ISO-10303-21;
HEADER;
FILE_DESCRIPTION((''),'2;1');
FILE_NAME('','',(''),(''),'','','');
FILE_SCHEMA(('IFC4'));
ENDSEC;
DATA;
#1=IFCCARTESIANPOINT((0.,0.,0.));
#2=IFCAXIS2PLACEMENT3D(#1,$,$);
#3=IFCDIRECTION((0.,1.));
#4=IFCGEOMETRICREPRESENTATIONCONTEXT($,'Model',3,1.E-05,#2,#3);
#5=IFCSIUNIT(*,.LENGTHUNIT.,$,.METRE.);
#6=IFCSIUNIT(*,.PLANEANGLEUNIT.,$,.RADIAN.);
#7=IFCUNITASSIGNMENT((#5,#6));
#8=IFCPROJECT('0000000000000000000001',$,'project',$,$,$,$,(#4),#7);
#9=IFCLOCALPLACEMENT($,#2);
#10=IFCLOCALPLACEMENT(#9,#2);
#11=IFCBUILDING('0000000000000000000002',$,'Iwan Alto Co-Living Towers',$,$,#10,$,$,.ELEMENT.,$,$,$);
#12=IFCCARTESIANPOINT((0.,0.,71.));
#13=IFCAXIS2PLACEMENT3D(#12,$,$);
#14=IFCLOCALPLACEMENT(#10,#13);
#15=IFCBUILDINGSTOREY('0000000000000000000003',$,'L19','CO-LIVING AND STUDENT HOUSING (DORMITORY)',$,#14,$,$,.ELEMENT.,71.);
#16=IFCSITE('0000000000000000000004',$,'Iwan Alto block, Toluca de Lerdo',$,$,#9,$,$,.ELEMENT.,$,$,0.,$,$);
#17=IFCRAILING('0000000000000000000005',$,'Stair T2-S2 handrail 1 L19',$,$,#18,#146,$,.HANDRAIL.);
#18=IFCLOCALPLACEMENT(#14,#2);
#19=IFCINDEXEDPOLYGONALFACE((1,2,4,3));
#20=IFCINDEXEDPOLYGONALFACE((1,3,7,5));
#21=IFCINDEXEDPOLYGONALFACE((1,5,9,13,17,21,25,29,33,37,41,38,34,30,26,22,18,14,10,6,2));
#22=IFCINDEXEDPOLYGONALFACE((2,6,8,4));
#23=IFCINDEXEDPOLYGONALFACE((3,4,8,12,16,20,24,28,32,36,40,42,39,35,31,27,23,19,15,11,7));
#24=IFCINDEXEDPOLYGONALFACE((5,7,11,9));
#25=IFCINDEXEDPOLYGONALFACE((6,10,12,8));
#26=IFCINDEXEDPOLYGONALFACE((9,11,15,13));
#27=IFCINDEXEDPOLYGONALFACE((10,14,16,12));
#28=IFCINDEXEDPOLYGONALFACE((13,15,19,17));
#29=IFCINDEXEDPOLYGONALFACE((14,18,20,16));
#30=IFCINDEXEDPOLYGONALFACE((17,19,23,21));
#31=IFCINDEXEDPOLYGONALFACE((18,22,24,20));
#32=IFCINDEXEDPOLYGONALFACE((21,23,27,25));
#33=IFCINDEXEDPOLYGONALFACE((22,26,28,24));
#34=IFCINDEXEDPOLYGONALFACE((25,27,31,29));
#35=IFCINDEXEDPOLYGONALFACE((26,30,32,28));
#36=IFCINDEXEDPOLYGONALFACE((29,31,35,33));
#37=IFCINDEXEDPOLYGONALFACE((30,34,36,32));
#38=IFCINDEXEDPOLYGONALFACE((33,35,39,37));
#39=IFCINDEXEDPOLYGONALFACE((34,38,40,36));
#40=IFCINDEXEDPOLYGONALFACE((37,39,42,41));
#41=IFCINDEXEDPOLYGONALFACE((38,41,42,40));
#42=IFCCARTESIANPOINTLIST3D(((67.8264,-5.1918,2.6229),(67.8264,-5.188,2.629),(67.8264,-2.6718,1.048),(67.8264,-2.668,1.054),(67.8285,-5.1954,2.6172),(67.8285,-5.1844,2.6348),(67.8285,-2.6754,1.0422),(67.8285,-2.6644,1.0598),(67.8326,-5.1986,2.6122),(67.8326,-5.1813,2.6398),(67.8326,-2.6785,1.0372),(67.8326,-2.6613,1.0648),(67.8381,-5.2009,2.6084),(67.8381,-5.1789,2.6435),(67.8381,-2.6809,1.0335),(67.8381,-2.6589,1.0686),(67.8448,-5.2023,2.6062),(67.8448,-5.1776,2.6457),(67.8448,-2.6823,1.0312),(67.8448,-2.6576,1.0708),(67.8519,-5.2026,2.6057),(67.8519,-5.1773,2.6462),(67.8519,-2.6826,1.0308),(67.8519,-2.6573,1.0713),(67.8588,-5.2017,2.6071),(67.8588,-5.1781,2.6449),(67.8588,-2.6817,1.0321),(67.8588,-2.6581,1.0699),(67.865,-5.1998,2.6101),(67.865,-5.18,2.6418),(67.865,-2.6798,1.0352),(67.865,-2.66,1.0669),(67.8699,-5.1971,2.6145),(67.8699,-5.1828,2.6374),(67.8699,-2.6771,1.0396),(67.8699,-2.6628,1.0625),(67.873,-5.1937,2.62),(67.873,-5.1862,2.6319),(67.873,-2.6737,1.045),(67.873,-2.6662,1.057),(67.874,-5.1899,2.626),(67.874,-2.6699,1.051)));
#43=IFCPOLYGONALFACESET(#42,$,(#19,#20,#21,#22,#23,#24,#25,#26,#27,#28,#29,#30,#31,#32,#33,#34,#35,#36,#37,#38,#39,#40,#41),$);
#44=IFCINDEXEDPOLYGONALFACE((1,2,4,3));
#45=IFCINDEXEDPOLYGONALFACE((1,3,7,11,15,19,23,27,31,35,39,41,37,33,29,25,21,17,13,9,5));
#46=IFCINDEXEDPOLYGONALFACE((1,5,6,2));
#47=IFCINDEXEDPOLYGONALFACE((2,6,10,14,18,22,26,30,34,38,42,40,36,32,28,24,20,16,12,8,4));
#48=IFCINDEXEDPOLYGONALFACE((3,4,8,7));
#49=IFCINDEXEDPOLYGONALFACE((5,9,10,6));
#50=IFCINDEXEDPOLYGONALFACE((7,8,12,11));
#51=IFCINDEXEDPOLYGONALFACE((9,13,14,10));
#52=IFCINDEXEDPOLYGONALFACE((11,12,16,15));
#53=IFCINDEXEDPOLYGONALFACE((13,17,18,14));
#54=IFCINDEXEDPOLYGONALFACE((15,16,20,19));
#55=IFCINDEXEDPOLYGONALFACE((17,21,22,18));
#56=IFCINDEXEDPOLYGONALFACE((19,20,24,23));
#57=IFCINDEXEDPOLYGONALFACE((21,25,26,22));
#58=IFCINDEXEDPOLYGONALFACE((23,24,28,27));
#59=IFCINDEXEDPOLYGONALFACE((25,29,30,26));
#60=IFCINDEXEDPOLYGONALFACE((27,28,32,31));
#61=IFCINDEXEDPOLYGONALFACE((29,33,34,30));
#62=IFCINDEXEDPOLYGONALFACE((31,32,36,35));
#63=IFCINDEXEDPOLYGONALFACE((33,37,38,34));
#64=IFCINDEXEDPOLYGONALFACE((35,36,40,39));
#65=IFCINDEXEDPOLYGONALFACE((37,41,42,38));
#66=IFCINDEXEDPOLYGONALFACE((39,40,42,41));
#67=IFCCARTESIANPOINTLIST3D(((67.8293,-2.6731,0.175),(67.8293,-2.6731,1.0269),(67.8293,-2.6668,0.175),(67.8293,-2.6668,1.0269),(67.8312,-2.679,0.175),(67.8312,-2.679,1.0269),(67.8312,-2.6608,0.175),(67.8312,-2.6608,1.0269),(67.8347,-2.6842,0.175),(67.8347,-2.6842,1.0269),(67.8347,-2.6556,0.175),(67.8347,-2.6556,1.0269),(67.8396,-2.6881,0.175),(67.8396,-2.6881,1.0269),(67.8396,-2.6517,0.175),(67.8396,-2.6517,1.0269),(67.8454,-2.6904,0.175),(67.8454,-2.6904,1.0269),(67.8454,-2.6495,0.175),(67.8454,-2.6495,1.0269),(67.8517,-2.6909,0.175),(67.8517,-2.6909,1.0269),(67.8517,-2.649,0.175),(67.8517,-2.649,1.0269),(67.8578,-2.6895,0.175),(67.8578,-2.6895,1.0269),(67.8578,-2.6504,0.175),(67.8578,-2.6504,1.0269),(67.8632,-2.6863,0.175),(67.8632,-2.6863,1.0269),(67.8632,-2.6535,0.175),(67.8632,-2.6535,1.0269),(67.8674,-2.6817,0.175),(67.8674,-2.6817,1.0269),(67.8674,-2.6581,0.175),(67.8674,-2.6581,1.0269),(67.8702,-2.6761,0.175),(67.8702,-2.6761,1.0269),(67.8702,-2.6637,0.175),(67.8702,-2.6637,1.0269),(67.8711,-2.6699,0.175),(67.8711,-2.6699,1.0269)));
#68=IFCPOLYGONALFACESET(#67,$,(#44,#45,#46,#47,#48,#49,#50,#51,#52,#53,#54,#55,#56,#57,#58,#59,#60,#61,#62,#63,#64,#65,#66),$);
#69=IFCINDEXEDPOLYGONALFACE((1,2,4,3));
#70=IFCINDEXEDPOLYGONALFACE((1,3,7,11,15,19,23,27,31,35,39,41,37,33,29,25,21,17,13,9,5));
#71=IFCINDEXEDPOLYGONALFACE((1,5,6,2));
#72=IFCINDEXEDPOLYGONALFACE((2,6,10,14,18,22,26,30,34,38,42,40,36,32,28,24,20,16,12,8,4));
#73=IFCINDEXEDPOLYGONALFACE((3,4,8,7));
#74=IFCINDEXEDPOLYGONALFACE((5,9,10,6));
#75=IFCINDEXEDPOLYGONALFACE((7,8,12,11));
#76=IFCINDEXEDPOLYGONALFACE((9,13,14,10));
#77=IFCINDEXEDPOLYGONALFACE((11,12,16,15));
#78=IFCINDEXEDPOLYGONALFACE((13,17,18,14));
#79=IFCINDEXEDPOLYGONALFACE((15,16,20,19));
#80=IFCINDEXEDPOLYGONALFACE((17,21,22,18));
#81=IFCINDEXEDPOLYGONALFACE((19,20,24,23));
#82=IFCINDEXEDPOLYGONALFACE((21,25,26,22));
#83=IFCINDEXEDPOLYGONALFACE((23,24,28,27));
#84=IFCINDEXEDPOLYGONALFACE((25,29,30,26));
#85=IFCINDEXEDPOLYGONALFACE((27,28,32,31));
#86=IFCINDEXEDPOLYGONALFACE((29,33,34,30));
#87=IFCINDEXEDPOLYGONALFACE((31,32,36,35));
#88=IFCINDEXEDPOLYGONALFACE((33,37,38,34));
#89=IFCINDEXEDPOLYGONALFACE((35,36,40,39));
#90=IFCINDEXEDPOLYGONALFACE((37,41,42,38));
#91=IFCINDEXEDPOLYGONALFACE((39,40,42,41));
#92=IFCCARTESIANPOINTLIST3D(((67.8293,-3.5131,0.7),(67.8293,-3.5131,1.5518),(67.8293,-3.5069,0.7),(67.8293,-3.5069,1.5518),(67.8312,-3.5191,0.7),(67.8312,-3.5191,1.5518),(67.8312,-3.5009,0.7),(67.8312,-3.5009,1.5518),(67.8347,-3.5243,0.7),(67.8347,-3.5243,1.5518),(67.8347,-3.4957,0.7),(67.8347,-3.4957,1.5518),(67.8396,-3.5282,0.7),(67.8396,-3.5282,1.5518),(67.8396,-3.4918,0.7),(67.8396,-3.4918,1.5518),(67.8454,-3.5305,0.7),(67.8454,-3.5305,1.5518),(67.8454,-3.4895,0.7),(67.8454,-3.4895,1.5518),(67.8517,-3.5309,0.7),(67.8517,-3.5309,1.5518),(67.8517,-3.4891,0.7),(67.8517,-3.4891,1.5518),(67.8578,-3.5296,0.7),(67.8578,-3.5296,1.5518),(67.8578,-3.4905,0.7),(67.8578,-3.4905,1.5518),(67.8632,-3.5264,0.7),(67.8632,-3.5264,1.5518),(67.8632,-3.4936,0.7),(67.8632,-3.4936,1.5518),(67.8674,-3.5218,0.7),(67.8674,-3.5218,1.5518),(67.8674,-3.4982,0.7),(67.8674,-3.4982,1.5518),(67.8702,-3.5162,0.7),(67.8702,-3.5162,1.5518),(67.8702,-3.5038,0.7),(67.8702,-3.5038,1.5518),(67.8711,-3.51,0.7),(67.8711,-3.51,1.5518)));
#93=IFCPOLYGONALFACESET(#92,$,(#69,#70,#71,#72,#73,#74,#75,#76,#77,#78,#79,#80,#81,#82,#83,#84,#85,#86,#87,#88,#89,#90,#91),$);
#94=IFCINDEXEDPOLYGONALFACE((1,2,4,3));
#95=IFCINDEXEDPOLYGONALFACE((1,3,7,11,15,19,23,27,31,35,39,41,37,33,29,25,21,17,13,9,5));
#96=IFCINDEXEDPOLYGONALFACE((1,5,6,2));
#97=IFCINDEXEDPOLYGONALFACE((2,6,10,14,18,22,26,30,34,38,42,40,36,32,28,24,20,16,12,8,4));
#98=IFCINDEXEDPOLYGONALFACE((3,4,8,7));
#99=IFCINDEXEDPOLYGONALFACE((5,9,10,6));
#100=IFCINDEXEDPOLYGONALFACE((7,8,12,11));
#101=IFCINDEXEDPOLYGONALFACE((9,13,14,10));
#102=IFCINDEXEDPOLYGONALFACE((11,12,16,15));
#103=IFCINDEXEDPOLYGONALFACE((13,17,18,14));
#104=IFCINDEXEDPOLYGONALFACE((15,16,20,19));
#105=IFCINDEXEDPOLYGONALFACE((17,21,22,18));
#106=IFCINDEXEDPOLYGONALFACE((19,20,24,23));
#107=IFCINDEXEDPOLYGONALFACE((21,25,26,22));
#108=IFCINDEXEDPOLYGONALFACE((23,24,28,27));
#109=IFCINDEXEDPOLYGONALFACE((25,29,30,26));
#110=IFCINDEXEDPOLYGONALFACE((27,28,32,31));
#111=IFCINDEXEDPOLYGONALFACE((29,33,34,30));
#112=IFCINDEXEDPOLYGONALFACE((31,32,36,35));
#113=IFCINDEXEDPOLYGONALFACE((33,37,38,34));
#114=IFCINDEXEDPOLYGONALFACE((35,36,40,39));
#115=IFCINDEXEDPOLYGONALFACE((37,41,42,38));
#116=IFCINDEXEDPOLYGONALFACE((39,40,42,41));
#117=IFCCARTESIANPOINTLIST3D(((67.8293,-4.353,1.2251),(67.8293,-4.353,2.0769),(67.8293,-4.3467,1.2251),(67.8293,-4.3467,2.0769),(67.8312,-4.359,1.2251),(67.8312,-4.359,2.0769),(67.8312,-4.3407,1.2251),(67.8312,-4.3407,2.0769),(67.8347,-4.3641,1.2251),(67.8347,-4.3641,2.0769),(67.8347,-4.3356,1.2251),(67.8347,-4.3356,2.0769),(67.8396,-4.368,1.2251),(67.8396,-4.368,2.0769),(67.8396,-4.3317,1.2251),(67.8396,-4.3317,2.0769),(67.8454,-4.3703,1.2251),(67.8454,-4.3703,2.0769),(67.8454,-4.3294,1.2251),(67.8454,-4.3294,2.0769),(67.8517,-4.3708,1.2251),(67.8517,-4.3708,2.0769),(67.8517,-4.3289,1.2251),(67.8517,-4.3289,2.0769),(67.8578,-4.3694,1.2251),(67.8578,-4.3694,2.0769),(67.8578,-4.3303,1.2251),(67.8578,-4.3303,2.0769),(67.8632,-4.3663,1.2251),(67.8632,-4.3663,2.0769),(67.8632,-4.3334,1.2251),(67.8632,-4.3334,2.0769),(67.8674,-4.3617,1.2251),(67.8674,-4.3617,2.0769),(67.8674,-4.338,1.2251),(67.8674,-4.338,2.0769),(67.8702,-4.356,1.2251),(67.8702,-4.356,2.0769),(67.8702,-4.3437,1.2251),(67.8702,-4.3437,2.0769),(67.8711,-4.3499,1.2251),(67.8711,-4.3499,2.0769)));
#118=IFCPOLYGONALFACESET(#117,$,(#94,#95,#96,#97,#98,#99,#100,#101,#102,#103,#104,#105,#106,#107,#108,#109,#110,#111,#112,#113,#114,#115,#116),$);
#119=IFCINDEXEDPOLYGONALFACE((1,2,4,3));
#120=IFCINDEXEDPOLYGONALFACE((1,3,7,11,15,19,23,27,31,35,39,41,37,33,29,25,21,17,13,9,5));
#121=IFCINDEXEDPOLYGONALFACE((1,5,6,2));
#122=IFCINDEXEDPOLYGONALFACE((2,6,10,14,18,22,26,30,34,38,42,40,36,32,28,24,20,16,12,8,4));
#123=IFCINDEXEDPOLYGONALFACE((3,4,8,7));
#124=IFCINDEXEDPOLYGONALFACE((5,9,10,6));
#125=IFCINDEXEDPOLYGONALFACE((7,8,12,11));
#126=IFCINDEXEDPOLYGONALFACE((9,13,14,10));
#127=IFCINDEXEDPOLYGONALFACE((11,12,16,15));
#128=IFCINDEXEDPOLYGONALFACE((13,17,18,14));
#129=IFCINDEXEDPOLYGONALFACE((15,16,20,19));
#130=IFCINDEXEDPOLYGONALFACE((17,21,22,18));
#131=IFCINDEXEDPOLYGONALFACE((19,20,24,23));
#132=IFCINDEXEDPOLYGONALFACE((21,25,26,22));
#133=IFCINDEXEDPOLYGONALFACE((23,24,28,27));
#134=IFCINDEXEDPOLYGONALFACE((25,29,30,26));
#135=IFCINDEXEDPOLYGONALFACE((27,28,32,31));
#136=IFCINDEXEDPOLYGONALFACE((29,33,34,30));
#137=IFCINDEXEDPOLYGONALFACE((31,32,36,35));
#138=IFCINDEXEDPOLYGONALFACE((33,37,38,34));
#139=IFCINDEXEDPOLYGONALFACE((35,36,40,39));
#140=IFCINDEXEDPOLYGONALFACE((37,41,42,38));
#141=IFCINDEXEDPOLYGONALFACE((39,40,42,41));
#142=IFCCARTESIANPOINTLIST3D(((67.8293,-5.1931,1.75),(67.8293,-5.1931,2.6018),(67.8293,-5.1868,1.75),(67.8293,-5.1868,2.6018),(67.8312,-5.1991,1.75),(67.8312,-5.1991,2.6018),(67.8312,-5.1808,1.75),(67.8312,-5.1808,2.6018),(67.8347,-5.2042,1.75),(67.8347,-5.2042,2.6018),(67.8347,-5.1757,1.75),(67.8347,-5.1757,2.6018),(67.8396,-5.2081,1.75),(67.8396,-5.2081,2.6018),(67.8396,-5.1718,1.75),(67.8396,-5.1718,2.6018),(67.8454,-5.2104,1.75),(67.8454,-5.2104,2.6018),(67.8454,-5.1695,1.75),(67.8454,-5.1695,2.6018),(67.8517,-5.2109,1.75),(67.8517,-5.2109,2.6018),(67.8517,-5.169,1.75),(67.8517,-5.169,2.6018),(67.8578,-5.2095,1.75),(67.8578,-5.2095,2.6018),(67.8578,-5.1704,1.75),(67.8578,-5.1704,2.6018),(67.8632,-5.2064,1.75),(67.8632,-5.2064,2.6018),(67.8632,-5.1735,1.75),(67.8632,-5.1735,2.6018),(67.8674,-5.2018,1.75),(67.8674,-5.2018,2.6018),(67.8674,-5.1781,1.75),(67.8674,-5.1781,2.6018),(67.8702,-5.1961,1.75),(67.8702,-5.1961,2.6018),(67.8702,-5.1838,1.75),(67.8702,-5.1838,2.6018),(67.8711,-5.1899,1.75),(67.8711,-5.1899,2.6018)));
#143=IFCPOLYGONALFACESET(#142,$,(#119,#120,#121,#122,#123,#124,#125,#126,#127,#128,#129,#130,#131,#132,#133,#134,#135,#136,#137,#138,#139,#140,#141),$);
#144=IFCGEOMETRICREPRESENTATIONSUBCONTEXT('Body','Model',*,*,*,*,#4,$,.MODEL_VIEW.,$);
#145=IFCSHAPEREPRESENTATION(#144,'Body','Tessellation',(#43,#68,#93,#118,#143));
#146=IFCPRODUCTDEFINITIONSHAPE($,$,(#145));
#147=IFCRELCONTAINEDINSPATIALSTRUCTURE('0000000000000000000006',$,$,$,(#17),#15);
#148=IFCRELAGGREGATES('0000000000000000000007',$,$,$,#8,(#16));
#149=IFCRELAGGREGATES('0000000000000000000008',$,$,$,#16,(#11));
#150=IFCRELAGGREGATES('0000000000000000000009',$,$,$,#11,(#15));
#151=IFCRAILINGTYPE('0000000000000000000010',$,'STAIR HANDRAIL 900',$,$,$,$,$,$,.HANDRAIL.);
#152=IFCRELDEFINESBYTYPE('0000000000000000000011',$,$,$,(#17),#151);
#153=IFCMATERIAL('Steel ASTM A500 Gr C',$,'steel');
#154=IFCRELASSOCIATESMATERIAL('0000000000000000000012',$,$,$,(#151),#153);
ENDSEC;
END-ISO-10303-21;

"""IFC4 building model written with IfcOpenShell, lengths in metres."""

from ifc_helpers import new_model, si_unit, direction, frame, origin, origin_2d, place, context, subcontext, project, spatial, circle, extrude, material, type_object, element, save


model = new_model("IFC4")

# Units and contexts
model_context = context("Model", 3, precision=1e-05, world=origin(), true_north=direction((0.0, 1.0)))
body_context = subcontext(model_context, "Body", "Model", "MODEL_VIEW")
ifc_project = project(units=[si_unit("LENGTHUNIT", "METRE"), si_unit("PLANEANGLEUNIT", "RADIAN")], contexts=[model_context])

# Site, building, storey
site_placement = place(None, origin())
site = spatial("IfcSite", under=ifc_project, at=site_placement, Name="Iwan Alto block, Toluca de Lerdo", CompositionType="ELEMENT", RefElevation=0.0)
building_placement = place(site_placement, origin())
building = spatial("IfcBuilding", under=site, at=building_placement, Name="Iwan Alto Co-Living Towers", CompositionType="ELEMENT")
storey_placement = place(building_placement, frame((0.0, 0.0, 71.0)))
storey = spatial("IfcBuildingStorey", under=building, at=storey_placement, Name="L19", Description="CO-LIVING AND STUDENT HOUSING (DORMITORY)", CompositionType="ELEMENT", Elevation=71.0)

# Railing
ifc_material_1 = material(Name="Steel ASTM A500 Gr C", Category="steel")
railing_type_1 = type_object("IfcRailingType", Name="STAIR HANDRAIL 900", PredefinedType="HANDRAIL", material=ifc_material_1)
railing_1_placement = place(storey_placement, frame((67.8501, -2.6699, 0.175)))
element("IfcRailing", 1, at=railing_1_placement, inside=storey, type_object=railing_type_1, Name="Stair T2-S2 handrail 1 L19", PredefinedType="HANDRAIL", context=body_context, shape_type="SweptSolid", body=[
    extrude(circle(Radius=0.0239, at=origin_2d()), frame((0.0, 0.0, 0.876), z_axis=(0.0, -0.848008, 0.529984), x_axis=(1.0, 0.0, 0.0)), (0.0, 0.0, 1.0), 2.9717),
    extrude(circle(Radius=0.021, at=origin_2d()), origin(), (0.0, 0.0, 1.0), 0.8518),
    extrude(circle(Radius=0.021, at=origin_2d()), frame((0.0, -0.8401, 0.5249)), (0.0, 0.0, 1.0), 0.8518),
    extrude(circle(Radius=0.021, at=origin_2d()), frame((0.0, -1.6799, 1.05)), (0.0, 0.0, 1.0), 0.8518),
    extrude(circle(Radius=0.021, at=origin_2d()), frame((0.0, -2.52, 1.575)), (0.0, 0.0, 1.0), 0.8518),
])

save(model, "model.ifc")
